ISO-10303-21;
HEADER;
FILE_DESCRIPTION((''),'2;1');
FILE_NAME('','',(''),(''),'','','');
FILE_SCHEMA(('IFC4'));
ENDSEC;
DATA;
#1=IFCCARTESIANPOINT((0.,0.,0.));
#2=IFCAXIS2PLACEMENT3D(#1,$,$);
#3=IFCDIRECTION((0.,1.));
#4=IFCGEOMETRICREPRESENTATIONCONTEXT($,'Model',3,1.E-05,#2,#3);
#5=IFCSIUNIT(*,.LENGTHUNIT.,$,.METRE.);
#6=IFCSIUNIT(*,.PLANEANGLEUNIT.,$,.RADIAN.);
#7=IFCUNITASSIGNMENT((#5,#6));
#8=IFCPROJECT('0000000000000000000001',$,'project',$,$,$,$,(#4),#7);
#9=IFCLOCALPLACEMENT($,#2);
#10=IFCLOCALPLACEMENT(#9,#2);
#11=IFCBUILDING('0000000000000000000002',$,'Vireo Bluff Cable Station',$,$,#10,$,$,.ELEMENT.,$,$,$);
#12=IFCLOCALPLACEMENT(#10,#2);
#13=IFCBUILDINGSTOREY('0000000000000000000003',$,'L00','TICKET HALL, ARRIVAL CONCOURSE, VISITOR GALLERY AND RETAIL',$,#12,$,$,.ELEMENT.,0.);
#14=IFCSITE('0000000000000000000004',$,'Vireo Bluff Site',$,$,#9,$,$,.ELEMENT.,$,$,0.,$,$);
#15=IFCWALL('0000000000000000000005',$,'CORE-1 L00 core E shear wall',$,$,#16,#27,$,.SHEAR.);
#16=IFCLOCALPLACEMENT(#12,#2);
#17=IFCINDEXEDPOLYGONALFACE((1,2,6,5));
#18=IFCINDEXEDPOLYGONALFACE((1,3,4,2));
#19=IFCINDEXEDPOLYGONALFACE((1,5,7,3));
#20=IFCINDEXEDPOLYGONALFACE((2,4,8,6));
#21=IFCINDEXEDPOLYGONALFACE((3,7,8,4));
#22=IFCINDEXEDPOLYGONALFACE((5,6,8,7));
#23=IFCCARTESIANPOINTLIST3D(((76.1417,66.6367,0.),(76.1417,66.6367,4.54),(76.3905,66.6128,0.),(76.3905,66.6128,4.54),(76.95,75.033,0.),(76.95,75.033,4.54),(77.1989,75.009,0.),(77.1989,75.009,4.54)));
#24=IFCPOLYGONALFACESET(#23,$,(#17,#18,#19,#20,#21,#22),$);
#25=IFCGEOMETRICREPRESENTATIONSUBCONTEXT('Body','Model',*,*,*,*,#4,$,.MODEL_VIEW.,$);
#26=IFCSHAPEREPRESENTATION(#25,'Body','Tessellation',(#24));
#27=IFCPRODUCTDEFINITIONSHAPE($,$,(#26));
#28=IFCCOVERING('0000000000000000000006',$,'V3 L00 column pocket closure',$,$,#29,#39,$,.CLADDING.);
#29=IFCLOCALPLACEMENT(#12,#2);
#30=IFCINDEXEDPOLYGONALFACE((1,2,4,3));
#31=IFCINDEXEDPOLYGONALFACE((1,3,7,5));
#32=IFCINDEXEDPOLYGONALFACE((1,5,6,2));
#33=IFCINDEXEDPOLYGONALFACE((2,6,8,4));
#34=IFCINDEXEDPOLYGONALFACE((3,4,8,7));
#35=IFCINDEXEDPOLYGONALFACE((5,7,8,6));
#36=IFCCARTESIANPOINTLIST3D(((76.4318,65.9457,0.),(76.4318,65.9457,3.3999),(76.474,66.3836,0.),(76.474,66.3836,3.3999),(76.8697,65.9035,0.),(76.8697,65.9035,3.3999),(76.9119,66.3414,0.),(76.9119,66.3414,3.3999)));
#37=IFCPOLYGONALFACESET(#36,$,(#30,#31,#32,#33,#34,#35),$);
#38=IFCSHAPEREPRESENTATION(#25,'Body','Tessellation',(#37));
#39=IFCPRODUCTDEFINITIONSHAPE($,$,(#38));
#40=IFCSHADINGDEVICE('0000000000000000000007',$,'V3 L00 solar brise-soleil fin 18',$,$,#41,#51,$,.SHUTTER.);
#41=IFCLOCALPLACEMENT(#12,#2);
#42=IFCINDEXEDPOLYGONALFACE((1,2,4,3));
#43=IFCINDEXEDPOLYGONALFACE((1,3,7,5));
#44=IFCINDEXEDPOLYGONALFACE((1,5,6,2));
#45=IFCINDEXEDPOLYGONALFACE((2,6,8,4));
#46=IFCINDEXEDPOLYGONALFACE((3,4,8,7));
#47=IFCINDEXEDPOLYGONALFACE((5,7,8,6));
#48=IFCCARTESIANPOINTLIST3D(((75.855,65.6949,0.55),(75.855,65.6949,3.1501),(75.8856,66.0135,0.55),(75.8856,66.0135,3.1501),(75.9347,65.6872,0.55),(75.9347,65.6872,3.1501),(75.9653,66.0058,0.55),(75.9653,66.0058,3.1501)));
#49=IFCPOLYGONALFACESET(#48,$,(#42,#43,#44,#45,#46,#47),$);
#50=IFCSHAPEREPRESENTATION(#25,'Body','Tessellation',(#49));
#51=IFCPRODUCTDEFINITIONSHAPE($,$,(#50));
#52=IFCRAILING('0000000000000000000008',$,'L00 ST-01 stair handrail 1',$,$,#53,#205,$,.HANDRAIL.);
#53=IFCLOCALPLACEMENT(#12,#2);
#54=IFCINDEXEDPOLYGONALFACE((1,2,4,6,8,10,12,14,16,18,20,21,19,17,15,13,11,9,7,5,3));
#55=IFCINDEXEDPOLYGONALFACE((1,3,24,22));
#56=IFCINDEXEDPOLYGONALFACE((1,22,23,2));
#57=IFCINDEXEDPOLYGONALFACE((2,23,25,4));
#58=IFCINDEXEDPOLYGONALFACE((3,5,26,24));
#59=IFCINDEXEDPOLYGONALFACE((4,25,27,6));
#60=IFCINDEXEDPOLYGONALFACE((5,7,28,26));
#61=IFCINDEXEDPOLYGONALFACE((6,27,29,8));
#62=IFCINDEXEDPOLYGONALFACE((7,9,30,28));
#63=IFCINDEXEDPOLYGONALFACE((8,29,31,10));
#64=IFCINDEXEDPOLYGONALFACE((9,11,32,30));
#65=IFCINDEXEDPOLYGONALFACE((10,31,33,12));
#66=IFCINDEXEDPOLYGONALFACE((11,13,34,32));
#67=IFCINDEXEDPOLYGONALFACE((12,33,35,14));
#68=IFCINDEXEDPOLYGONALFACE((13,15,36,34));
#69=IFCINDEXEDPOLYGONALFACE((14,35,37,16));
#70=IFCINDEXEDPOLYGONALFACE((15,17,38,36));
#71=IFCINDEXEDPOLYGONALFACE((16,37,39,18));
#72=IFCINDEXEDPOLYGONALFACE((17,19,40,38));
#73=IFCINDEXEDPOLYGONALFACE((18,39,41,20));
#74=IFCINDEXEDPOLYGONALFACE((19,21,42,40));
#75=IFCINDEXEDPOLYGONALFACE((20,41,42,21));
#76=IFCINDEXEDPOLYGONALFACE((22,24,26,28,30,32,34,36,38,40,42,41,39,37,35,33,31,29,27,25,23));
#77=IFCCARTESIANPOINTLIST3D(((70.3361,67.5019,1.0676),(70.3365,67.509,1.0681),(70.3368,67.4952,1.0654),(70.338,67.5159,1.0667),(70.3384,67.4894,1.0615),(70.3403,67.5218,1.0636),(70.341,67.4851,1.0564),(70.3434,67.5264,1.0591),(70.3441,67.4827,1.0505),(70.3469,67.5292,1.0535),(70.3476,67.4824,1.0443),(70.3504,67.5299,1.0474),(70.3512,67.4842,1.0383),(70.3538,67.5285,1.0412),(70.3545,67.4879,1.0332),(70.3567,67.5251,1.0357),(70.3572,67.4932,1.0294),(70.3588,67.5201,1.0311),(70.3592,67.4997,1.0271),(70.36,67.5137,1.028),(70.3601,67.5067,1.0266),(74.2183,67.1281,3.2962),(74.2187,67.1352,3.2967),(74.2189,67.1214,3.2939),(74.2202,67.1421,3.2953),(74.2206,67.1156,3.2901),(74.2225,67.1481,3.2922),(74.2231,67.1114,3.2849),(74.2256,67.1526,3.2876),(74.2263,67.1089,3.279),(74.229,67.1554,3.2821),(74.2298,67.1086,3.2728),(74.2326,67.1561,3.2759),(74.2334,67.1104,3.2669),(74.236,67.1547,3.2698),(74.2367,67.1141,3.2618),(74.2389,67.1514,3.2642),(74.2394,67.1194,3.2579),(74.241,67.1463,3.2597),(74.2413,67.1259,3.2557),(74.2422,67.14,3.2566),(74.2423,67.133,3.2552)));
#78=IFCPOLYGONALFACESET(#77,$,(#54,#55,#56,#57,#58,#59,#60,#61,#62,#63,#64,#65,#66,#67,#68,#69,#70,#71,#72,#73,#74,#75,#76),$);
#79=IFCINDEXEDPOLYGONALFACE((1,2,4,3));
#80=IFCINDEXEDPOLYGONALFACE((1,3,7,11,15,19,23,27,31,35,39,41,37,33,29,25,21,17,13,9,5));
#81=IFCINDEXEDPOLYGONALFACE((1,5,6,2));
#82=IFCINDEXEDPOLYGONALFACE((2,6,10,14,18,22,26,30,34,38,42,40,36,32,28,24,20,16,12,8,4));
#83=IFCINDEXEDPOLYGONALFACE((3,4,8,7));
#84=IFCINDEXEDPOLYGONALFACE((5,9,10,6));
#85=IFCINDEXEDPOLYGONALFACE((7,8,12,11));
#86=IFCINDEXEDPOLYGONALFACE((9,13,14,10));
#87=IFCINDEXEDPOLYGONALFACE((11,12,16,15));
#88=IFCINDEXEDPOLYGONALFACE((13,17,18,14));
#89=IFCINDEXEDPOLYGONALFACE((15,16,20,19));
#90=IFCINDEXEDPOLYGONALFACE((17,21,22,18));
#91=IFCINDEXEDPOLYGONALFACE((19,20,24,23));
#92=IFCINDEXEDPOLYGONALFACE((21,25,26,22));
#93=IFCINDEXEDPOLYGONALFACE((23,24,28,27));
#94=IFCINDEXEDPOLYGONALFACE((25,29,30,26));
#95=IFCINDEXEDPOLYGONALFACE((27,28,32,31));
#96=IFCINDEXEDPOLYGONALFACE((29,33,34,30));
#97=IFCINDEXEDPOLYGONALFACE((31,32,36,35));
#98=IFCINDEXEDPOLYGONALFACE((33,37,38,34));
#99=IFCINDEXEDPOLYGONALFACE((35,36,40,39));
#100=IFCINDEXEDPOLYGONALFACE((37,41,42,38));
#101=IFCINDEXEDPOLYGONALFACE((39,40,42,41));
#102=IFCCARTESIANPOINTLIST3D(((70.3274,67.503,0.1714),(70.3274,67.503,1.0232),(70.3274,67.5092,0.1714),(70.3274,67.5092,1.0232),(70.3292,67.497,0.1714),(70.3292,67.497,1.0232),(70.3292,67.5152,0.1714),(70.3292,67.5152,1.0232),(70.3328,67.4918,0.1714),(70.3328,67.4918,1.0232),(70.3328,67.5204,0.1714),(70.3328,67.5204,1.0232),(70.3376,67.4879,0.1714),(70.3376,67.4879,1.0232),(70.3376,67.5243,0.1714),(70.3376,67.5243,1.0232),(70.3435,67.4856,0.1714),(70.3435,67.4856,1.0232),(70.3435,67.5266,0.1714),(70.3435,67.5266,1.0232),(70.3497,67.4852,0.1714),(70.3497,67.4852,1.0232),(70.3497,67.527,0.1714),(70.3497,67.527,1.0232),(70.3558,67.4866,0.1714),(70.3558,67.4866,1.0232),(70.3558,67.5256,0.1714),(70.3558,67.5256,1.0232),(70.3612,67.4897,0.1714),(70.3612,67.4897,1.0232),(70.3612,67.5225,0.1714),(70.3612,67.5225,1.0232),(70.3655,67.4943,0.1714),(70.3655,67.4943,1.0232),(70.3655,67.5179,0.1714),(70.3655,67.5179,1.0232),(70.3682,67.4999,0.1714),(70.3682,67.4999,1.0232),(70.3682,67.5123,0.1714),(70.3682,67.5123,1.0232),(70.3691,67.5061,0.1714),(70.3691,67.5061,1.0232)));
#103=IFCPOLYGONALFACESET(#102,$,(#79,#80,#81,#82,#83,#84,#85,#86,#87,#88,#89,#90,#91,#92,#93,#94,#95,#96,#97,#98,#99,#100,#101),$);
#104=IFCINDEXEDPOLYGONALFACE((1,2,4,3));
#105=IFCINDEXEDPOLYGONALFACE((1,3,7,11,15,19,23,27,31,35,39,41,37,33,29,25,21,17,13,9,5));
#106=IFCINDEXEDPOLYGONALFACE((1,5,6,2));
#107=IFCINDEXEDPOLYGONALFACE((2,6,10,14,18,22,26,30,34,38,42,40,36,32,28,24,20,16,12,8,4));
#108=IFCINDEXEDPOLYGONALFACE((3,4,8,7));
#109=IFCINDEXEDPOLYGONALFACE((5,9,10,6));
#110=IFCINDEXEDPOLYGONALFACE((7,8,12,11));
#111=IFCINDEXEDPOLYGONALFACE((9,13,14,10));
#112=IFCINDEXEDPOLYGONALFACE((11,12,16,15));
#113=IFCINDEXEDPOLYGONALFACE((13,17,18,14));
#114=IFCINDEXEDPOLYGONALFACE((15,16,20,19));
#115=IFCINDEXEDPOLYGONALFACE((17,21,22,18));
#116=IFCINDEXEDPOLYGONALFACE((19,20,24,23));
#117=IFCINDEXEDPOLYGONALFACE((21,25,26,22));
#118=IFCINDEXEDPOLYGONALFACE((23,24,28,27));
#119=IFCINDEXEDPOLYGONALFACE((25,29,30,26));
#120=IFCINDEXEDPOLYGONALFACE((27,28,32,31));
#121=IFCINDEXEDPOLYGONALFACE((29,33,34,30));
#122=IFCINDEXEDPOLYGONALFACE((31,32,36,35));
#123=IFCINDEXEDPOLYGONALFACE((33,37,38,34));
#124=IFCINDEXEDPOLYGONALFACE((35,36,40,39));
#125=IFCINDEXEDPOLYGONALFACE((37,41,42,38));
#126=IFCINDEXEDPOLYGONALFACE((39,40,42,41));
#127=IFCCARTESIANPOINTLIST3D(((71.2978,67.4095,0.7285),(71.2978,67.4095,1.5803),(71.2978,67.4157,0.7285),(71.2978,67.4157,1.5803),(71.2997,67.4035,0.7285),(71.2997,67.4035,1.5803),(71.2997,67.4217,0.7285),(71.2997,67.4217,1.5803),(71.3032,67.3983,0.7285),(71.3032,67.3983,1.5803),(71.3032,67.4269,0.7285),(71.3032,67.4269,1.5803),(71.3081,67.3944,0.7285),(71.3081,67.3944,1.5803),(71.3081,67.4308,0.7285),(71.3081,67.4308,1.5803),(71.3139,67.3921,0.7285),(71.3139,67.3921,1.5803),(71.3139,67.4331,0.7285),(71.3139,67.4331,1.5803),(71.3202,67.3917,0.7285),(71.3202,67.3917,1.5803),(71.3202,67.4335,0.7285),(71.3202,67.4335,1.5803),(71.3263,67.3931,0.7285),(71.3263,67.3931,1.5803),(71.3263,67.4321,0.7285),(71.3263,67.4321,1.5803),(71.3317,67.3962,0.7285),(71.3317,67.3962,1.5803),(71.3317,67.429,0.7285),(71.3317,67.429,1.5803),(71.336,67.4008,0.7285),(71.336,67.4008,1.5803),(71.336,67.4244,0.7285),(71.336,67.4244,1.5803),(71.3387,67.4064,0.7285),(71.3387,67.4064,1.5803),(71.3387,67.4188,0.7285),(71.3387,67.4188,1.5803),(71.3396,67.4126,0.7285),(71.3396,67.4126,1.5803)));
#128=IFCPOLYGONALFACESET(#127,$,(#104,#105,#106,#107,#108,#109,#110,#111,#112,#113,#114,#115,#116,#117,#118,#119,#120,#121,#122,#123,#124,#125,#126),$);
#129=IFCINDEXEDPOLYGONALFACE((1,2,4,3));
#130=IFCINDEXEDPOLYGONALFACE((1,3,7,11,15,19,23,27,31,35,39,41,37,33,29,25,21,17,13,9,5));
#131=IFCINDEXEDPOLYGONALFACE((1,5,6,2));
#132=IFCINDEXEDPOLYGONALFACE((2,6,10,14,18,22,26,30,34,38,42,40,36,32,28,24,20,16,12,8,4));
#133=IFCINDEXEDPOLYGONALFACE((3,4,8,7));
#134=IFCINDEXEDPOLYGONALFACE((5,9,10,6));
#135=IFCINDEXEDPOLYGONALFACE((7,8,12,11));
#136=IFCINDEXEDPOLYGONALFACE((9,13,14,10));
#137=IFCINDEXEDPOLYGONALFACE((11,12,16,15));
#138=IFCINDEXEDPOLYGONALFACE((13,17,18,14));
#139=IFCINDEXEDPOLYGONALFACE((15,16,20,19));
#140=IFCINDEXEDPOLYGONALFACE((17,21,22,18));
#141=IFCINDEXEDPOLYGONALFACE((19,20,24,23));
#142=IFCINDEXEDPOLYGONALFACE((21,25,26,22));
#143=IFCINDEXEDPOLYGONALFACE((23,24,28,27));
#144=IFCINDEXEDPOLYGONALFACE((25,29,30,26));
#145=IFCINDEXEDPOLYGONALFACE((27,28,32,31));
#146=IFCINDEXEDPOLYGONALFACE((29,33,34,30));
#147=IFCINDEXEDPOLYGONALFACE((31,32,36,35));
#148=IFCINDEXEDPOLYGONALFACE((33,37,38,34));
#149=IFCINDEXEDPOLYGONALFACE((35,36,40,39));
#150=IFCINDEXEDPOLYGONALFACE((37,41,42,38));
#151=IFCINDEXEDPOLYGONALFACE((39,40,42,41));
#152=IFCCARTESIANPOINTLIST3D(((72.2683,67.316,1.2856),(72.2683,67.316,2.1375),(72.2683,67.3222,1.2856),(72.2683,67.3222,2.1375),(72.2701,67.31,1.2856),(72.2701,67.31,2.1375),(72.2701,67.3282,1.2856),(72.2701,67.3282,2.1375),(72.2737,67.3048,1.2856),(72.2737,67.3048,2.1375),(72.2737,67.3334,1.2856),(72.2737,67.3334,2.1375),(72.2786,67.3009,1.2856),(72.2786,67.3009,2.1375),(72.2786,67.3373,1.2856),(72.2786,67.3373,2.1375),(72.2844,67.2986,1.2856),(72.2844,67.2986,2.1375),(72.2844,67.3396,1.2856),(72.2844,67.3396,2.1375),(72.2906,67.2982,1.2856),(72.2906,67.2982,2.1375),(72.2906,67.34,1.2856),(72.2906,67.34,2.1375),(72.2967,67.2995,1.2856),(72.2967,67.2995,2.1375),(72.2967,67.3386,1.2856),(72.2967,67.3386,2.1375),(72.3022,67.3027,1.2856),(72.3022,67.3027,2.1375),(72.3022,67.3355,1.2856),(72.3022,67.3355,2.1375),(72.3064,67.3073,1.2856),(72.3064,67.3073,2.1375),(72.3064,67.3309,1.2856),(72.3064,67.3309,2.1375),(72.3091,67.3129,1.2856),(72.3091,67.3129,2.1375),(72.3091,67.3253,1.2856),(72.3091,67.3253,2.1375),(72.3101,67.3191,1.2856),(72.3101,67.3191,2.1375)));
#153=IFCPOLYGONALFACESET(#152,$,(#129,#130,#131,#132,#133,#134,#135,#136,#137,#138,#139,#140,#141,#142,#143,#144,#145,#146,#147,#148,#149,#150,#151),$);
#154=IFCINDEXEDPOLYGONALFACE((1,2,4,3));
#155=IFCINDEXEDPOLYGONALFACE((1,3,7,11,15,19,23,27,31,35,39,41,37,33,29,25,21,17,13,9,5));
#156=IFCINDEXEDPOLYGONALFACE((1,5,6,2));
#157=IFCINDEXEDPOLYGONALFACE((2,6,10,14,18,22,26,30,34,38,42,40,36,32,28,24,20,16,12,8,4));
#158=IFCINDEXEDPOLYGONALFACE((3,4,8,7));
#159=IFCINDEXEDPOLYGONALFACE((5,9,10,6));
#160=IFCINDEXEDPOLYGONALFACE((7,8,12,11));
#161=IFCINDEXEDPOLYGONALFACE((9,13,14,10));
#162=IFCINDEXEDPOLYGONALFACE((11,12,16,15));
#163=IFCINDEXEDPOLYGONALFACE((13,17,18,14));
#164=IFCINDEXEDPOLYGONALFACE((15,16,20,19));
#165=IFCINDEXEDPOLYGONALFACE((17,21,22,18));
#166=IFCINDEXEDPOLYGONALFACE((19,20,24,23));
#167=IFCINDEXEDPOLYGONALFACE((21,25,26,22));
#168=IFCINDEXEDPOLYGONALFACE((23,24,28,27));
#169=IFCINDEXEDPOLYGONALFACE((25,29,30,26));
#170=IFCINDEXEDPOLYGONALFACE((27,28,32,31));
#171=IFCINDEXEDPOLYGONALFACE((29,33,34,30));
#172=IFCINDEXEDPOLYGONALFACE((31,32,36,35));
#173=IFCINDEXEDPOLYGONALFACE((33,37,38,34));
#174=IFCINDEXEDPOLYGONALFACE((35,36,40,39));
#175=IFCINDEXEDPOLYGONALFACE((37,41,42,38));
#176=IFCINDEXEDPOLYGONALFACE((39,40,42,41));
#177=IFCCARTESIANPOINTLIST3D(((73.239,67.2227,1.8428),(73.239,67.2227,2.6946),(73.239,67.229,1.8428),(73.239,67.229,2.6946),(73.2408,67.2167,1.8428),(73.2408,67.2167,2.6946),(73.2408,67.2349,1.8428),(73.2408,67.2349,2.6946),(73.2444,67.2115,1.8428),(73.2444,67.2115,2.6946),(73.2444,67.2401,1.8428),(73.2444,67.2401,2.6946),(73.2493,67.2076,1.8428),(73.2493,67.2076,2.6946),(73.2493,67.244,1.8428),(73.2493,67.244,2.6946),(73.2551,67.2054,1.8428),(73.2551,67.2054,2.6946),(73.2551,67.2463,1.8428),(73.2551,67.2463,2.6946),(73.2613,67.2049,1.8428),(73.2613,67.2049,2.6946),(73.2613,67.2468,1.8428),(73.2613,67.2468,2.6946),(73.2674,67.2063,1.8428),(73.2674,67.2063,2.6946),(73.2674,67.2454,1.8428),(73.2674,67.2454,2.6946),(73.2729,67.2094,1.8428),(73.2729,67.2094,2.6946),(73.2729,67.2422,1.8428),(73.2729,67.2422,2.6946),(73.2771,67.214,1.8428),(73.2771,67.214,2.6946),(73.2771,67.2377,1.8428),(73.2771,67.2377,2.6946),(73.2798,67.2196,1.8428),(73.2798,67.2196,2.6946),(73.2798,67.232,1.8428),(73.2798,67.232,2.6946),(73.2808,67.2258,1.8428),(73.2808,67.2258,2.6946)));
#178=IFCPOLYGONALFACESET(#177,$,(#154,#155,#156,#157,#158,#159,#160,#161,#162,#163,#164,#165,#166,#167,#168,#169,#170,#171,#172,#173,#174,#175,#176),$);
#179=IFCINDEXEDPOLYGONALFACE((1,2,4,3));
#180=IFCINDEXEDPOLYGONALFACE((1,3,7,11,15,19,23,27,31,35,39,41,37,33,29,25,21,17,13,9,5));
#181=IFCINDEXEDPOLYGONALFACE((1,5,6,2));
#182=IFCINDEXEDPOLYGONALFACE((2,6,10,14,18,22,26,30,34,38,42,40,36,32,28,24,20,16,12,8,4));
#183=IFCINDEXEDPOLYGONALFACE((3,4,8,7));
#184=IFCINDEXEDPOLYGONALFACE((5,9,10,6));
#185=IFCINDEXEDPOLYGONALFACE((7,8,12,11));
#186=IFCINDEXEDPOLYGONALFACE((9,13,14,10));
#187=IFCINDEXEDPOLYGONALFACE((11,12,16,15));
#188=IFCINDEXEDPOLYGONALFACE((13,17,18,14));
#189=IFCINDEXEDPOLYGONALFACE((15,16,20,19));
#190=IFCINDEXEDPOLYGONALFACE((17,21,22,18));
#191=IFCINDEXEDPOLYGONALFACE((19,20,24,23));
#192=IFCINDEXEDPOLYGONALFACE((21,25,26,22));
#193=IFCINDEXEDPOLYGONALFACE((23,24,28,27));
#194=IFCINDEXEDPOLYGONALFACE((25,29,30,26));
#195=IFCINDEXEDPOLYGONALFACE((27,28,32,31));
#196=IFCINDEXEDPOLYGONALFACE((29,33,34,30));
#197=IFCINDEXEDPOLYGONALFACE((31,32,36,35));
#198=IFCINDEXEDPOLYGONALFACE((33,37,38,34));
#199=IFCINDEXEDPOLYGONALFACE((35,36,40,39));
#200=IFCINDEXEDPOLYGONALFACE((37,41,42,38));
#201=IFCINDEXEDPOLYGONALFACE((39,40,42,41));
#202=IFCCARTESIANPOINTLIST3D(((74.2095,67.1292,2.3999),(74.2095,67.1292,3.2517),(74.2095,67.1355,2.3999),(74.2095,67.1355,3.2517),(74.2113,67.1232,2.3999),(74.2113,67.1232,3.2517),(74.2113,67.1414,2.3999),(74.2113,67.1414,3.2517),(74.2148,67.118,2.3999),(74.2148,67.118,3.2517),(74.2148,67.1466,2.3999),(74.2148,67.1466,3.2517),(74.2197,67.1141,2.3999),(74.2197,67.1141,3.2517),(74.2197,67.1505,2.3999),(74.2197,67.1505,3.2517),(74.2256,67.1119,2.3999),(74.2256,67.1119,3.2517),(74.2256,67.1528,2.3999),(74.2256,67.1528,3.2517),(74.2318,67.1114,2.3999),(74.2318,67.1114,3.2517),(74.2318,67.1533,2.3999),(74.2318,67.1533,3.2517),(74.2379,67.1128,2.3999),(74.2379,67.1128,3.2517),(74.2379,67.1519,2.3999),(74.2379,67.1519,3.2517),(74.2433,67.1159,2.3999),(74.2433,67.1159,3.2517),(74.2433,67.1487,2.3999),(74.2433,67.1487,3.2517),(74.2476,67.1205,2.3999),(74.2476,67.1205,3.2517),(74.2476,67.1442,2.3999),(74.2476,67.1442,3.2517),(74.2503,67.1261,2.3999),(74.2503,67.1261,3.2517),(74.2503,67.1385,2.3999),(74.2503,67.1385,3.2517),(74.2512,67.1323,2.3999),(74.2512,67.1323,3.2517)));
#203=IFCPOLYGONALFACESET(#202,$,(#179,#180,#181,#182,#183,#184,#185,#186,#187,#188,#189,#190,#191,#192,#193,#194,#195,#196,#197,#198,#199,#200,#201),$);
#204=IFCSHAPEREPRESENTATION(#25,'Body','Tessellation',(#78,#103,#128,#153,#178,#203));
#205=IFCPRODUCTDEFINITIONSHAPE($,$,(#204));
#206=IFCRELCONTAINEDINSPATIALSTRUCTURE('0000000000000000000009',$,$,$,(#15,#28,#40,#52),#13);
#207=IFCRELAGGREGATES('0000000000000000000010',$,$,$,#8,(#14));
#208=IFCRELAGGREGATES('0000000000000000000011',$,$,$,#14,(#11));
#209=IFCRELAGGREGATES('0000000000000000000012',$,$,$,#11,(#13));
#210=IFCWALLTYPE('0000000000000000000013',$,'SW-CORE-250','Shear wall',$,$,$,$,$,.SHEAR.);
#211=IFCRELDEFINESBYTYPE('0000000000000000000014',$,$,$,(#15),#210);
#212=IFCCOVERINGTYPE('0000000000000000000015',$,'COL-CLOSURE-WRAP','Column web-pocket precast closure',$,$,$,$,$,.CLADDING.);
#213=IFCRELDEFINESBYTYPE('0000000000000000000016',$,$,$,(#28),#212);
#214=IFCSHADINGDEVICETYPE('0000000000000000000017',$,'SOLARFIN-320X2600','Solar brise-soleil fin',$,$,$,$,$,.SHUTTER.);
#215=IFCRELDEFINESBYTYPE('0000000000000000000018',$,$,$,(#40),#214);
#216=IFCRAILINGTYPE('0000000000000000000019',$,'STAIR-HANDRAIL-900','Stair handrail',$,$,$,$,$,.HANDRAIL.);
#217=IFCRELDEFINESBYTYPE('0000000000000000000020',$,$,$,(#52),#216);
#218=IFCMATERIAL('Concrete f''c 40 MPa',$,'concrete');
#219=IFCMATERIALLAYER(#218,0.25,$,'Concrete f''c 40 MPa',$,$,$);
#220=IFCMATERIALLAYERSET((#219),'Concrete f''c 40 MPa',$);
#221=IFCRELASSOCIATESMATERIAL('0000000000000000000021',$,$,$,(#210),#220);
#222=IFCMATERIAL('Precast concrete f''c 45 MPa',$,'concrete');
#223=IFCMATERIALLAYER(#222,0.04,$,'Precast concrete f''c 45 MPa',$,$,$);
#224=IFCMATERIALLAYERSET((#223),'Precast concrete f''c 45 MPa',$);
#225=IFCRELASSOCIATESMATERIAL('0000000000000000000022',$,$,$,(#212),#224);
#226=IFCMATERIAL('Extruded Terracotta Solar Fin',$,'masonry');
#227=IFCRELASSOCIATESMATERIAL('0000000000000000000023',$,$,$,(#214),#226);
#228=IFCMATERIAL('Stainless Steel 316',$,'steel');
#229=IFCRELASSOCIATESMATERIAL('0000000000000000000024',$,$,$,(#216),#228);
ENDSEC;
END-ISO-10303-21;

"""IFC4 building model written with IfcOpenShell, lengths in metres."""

from ifc_helpers import new_model, si_unit, direction, frame, frame_2d, origin, origin_2d, place, context, subcontext, project, spatial, rectangle, circle, extrude, material, layer, layer_set, type_object, element, save


model = new_model("IFC4")

# Units and contexts
model_context = context("Model", 3, precision=1e-05, world=origin(), true_north=direction((0.0, 1.0)))
body_context = subcontext(model_context, "Body", "Model", "MODEL_VIEW")
ifc_project = project(units=[si_unit("LENGTHUNIT", "METRE"), si_unit("PLANEANGLEUNIT", "RADIAN")], contexts=[model_context])

# Site, building, storey
site_placement = place(None, origin())
site = spatial("IfcSite", under=ifc_project, at=site_placement, Name="Vireo Bluff Site", CompositionType="ELEMENT", RefElevation=0.0)
building_placement = place(site_placement, origin())
building = spatial("IfcBuilding", under=site, at=building_placement, Name="Vireo Bluff Cable Station", CompositionType="ELEMENT")
storey_placement = place(building_placement, origin())
storey = spatial("IfcBuildingStorey", under=building, at=storey_placement, Name="L00", Description="TICKET HALL, ARRIVAL CONCOURSE, VISITOR GALLERY AND RETAIL", CompositionType="ELEMENT", Elevation=0.0)

# Shared definitions
ifc_material_1 = material(Name="Concrete f'c 40 MPa", Category="concrete")

# Wall
ifc_material_2 = material(Name="Precast concrete f'c 45 MPa", Category="concrete")
ifc_layer_1 = layer(ifc_material_1, 0.25, Name="Concrete f'c 40 MPa")
ifc_layer_set_1 = layer_set([ifc_layer_1], Name="Concrete f'c 40 MPa")
wall_type_1 = type_object("IfcWallType", Name="SW-CORE-250", Description="Shear wall", PredefinedType="SHEAR", material=ifc_layer_set_1)
wall_1_placement = place(storey_placement, frame((76.2661, 66.6248, 0.0), z_axis=(0.0, 0.0, 1.0), x_axis=(0.095832, 0.995398, 0.0)))
element("IfcWall", 1, at=wall_1_placement, inside=storey, type_object=wall_type_1, Name="CORE-1 L00 core E shear wall", PredefinedType="SHEAR", context=body_context, shape_type="SweptSolid", body=[
    extrude(rectangle(XDim=8.4351, YDim=0.25, at=frame_2d((4.2175, 0.0))), origin(), (0.0, 0.0, 1.0), 4.54),
])

# Covering
ifc_layer_2 = layer(ifc_material_2, 0.04, Name="Precast concrete f'c 45 MPa")
ifc_layer_set_2 = layer_set([ifc_layer_2], Name="Precast concrete f'c 45 MPa")
covering_type = type_object("IfcCoveringType", Name="COL-CLOSURE-WRAP", Description="Column web-pocket precast closure", PredefinedType="CLADDING", material=ifc_layer_set_2)
covering_placement = place(storey_placement, frame((76.6719, 66.1436, 0.0), z_axis=(0.0, 0.0, 1.0), x_axis=(0.995396, -0.095846, 0.0)))
element("IfcCovering", 2, at=covering_placement, inside=storey, type_object=covering_type, Name="V3 L00 column pocket closure", PredefinedType="CLADDING", context=body_context, shape_type="SweptSolid", body=[
    extrude(rectangle(XDim=0.4399, YDim=0.4399, at=origin_2d()), origin(), (0.0, 0.0, 1.0), 3.3999),
])

# Shading device
ifc_material_3 = material(Name="Extruded Terracotta Solar Fin", Category="masonry")
shading_device_type = type_object("IfcShadingDeviceType", Name="SOLARFIN-320X2600", Description="Solar brise-soleil fin", PredefinedType="SHUTTER", material=ifc_material_3)
shading_device_placement = place(storey_placement, frame((75.9102, 65.8503, 0.55), z_axis=(0.0, 0.0, 1.0), x_axis=(-0.995396, 0.095846, 0.0)))
element("IfcShadingDevice", 3, at=shading_device_placement, inside=storey, type_object=shading_device_type, Name="V3 L00 solar brise-soleil fin 18", PredefinedType="SHUTTER", context=body_context, shape_type="SweptSolid", body=[
    extrude(rectangle(XDim=0.0801, YDim=0.3201, at=origin_2d()), origin(), (0.0, 0.0, 1.0), 2.6001),
])

# Railing
ifc_material_4 = material(Name="Stainless Steel 316", Category="steel")
railing_type = type_object("IfcRailingType", Name="STAIR-HANDRAIL-900", Description="Stair handrail", PredefinedType="HANDRAIL", material=ifc_material_4)
railing_placement = place(storey_placement, frame((70.3481, 67.5061, 0.1714)))
element("IfcRailing", 4, at=railing_placement, inside=storey, type_object=railing_type, Name="L00 ST-01 stair handrail 1", PredefinedType="HANDRAIL", context=body_context, shape_type="SweptSolid", body=[
    extrude(circle(Radius=0.0239, at=origin_2d()), frame((0.0, 0.0, 0.876), z_axis=(0.864254, -0.083213, 0.496126), x_axis=(0.09584, 0.995397, 0.0)), (0.0, 0.0, 1.0), 4.4919),
    extrude(circle(Radius=0.021, at=origin_2d()), origin(), (0.0, 0.0, 1.0), 0.8518),
    extrude(circle(Radius=0.021, at=origin_2d()), frame((0.9705, -0.0935, 0.5571)), (0.0, 0.0, 1.0), 0.8518),
    extrude(circle(Radius=0.021, at=origin_2d()), frame((1.9409, -0.187, 1.1143)), (0.0, 0.0, 1.0), 0.8518),
    extrude(circle(Radius=0.021, at=origin_2d()), frame((2.9116, -0.2803, 1.6714)), (0.0, 0.0, 1.0), 0.8518),
    extrude(circle(Radius=0.021, at=origin_2d()), frame((3.8821, -0.3738, 2.2285)), (0.0, 0.0, 1.0), 0.8518),
])

save(model, "model.ifc")
